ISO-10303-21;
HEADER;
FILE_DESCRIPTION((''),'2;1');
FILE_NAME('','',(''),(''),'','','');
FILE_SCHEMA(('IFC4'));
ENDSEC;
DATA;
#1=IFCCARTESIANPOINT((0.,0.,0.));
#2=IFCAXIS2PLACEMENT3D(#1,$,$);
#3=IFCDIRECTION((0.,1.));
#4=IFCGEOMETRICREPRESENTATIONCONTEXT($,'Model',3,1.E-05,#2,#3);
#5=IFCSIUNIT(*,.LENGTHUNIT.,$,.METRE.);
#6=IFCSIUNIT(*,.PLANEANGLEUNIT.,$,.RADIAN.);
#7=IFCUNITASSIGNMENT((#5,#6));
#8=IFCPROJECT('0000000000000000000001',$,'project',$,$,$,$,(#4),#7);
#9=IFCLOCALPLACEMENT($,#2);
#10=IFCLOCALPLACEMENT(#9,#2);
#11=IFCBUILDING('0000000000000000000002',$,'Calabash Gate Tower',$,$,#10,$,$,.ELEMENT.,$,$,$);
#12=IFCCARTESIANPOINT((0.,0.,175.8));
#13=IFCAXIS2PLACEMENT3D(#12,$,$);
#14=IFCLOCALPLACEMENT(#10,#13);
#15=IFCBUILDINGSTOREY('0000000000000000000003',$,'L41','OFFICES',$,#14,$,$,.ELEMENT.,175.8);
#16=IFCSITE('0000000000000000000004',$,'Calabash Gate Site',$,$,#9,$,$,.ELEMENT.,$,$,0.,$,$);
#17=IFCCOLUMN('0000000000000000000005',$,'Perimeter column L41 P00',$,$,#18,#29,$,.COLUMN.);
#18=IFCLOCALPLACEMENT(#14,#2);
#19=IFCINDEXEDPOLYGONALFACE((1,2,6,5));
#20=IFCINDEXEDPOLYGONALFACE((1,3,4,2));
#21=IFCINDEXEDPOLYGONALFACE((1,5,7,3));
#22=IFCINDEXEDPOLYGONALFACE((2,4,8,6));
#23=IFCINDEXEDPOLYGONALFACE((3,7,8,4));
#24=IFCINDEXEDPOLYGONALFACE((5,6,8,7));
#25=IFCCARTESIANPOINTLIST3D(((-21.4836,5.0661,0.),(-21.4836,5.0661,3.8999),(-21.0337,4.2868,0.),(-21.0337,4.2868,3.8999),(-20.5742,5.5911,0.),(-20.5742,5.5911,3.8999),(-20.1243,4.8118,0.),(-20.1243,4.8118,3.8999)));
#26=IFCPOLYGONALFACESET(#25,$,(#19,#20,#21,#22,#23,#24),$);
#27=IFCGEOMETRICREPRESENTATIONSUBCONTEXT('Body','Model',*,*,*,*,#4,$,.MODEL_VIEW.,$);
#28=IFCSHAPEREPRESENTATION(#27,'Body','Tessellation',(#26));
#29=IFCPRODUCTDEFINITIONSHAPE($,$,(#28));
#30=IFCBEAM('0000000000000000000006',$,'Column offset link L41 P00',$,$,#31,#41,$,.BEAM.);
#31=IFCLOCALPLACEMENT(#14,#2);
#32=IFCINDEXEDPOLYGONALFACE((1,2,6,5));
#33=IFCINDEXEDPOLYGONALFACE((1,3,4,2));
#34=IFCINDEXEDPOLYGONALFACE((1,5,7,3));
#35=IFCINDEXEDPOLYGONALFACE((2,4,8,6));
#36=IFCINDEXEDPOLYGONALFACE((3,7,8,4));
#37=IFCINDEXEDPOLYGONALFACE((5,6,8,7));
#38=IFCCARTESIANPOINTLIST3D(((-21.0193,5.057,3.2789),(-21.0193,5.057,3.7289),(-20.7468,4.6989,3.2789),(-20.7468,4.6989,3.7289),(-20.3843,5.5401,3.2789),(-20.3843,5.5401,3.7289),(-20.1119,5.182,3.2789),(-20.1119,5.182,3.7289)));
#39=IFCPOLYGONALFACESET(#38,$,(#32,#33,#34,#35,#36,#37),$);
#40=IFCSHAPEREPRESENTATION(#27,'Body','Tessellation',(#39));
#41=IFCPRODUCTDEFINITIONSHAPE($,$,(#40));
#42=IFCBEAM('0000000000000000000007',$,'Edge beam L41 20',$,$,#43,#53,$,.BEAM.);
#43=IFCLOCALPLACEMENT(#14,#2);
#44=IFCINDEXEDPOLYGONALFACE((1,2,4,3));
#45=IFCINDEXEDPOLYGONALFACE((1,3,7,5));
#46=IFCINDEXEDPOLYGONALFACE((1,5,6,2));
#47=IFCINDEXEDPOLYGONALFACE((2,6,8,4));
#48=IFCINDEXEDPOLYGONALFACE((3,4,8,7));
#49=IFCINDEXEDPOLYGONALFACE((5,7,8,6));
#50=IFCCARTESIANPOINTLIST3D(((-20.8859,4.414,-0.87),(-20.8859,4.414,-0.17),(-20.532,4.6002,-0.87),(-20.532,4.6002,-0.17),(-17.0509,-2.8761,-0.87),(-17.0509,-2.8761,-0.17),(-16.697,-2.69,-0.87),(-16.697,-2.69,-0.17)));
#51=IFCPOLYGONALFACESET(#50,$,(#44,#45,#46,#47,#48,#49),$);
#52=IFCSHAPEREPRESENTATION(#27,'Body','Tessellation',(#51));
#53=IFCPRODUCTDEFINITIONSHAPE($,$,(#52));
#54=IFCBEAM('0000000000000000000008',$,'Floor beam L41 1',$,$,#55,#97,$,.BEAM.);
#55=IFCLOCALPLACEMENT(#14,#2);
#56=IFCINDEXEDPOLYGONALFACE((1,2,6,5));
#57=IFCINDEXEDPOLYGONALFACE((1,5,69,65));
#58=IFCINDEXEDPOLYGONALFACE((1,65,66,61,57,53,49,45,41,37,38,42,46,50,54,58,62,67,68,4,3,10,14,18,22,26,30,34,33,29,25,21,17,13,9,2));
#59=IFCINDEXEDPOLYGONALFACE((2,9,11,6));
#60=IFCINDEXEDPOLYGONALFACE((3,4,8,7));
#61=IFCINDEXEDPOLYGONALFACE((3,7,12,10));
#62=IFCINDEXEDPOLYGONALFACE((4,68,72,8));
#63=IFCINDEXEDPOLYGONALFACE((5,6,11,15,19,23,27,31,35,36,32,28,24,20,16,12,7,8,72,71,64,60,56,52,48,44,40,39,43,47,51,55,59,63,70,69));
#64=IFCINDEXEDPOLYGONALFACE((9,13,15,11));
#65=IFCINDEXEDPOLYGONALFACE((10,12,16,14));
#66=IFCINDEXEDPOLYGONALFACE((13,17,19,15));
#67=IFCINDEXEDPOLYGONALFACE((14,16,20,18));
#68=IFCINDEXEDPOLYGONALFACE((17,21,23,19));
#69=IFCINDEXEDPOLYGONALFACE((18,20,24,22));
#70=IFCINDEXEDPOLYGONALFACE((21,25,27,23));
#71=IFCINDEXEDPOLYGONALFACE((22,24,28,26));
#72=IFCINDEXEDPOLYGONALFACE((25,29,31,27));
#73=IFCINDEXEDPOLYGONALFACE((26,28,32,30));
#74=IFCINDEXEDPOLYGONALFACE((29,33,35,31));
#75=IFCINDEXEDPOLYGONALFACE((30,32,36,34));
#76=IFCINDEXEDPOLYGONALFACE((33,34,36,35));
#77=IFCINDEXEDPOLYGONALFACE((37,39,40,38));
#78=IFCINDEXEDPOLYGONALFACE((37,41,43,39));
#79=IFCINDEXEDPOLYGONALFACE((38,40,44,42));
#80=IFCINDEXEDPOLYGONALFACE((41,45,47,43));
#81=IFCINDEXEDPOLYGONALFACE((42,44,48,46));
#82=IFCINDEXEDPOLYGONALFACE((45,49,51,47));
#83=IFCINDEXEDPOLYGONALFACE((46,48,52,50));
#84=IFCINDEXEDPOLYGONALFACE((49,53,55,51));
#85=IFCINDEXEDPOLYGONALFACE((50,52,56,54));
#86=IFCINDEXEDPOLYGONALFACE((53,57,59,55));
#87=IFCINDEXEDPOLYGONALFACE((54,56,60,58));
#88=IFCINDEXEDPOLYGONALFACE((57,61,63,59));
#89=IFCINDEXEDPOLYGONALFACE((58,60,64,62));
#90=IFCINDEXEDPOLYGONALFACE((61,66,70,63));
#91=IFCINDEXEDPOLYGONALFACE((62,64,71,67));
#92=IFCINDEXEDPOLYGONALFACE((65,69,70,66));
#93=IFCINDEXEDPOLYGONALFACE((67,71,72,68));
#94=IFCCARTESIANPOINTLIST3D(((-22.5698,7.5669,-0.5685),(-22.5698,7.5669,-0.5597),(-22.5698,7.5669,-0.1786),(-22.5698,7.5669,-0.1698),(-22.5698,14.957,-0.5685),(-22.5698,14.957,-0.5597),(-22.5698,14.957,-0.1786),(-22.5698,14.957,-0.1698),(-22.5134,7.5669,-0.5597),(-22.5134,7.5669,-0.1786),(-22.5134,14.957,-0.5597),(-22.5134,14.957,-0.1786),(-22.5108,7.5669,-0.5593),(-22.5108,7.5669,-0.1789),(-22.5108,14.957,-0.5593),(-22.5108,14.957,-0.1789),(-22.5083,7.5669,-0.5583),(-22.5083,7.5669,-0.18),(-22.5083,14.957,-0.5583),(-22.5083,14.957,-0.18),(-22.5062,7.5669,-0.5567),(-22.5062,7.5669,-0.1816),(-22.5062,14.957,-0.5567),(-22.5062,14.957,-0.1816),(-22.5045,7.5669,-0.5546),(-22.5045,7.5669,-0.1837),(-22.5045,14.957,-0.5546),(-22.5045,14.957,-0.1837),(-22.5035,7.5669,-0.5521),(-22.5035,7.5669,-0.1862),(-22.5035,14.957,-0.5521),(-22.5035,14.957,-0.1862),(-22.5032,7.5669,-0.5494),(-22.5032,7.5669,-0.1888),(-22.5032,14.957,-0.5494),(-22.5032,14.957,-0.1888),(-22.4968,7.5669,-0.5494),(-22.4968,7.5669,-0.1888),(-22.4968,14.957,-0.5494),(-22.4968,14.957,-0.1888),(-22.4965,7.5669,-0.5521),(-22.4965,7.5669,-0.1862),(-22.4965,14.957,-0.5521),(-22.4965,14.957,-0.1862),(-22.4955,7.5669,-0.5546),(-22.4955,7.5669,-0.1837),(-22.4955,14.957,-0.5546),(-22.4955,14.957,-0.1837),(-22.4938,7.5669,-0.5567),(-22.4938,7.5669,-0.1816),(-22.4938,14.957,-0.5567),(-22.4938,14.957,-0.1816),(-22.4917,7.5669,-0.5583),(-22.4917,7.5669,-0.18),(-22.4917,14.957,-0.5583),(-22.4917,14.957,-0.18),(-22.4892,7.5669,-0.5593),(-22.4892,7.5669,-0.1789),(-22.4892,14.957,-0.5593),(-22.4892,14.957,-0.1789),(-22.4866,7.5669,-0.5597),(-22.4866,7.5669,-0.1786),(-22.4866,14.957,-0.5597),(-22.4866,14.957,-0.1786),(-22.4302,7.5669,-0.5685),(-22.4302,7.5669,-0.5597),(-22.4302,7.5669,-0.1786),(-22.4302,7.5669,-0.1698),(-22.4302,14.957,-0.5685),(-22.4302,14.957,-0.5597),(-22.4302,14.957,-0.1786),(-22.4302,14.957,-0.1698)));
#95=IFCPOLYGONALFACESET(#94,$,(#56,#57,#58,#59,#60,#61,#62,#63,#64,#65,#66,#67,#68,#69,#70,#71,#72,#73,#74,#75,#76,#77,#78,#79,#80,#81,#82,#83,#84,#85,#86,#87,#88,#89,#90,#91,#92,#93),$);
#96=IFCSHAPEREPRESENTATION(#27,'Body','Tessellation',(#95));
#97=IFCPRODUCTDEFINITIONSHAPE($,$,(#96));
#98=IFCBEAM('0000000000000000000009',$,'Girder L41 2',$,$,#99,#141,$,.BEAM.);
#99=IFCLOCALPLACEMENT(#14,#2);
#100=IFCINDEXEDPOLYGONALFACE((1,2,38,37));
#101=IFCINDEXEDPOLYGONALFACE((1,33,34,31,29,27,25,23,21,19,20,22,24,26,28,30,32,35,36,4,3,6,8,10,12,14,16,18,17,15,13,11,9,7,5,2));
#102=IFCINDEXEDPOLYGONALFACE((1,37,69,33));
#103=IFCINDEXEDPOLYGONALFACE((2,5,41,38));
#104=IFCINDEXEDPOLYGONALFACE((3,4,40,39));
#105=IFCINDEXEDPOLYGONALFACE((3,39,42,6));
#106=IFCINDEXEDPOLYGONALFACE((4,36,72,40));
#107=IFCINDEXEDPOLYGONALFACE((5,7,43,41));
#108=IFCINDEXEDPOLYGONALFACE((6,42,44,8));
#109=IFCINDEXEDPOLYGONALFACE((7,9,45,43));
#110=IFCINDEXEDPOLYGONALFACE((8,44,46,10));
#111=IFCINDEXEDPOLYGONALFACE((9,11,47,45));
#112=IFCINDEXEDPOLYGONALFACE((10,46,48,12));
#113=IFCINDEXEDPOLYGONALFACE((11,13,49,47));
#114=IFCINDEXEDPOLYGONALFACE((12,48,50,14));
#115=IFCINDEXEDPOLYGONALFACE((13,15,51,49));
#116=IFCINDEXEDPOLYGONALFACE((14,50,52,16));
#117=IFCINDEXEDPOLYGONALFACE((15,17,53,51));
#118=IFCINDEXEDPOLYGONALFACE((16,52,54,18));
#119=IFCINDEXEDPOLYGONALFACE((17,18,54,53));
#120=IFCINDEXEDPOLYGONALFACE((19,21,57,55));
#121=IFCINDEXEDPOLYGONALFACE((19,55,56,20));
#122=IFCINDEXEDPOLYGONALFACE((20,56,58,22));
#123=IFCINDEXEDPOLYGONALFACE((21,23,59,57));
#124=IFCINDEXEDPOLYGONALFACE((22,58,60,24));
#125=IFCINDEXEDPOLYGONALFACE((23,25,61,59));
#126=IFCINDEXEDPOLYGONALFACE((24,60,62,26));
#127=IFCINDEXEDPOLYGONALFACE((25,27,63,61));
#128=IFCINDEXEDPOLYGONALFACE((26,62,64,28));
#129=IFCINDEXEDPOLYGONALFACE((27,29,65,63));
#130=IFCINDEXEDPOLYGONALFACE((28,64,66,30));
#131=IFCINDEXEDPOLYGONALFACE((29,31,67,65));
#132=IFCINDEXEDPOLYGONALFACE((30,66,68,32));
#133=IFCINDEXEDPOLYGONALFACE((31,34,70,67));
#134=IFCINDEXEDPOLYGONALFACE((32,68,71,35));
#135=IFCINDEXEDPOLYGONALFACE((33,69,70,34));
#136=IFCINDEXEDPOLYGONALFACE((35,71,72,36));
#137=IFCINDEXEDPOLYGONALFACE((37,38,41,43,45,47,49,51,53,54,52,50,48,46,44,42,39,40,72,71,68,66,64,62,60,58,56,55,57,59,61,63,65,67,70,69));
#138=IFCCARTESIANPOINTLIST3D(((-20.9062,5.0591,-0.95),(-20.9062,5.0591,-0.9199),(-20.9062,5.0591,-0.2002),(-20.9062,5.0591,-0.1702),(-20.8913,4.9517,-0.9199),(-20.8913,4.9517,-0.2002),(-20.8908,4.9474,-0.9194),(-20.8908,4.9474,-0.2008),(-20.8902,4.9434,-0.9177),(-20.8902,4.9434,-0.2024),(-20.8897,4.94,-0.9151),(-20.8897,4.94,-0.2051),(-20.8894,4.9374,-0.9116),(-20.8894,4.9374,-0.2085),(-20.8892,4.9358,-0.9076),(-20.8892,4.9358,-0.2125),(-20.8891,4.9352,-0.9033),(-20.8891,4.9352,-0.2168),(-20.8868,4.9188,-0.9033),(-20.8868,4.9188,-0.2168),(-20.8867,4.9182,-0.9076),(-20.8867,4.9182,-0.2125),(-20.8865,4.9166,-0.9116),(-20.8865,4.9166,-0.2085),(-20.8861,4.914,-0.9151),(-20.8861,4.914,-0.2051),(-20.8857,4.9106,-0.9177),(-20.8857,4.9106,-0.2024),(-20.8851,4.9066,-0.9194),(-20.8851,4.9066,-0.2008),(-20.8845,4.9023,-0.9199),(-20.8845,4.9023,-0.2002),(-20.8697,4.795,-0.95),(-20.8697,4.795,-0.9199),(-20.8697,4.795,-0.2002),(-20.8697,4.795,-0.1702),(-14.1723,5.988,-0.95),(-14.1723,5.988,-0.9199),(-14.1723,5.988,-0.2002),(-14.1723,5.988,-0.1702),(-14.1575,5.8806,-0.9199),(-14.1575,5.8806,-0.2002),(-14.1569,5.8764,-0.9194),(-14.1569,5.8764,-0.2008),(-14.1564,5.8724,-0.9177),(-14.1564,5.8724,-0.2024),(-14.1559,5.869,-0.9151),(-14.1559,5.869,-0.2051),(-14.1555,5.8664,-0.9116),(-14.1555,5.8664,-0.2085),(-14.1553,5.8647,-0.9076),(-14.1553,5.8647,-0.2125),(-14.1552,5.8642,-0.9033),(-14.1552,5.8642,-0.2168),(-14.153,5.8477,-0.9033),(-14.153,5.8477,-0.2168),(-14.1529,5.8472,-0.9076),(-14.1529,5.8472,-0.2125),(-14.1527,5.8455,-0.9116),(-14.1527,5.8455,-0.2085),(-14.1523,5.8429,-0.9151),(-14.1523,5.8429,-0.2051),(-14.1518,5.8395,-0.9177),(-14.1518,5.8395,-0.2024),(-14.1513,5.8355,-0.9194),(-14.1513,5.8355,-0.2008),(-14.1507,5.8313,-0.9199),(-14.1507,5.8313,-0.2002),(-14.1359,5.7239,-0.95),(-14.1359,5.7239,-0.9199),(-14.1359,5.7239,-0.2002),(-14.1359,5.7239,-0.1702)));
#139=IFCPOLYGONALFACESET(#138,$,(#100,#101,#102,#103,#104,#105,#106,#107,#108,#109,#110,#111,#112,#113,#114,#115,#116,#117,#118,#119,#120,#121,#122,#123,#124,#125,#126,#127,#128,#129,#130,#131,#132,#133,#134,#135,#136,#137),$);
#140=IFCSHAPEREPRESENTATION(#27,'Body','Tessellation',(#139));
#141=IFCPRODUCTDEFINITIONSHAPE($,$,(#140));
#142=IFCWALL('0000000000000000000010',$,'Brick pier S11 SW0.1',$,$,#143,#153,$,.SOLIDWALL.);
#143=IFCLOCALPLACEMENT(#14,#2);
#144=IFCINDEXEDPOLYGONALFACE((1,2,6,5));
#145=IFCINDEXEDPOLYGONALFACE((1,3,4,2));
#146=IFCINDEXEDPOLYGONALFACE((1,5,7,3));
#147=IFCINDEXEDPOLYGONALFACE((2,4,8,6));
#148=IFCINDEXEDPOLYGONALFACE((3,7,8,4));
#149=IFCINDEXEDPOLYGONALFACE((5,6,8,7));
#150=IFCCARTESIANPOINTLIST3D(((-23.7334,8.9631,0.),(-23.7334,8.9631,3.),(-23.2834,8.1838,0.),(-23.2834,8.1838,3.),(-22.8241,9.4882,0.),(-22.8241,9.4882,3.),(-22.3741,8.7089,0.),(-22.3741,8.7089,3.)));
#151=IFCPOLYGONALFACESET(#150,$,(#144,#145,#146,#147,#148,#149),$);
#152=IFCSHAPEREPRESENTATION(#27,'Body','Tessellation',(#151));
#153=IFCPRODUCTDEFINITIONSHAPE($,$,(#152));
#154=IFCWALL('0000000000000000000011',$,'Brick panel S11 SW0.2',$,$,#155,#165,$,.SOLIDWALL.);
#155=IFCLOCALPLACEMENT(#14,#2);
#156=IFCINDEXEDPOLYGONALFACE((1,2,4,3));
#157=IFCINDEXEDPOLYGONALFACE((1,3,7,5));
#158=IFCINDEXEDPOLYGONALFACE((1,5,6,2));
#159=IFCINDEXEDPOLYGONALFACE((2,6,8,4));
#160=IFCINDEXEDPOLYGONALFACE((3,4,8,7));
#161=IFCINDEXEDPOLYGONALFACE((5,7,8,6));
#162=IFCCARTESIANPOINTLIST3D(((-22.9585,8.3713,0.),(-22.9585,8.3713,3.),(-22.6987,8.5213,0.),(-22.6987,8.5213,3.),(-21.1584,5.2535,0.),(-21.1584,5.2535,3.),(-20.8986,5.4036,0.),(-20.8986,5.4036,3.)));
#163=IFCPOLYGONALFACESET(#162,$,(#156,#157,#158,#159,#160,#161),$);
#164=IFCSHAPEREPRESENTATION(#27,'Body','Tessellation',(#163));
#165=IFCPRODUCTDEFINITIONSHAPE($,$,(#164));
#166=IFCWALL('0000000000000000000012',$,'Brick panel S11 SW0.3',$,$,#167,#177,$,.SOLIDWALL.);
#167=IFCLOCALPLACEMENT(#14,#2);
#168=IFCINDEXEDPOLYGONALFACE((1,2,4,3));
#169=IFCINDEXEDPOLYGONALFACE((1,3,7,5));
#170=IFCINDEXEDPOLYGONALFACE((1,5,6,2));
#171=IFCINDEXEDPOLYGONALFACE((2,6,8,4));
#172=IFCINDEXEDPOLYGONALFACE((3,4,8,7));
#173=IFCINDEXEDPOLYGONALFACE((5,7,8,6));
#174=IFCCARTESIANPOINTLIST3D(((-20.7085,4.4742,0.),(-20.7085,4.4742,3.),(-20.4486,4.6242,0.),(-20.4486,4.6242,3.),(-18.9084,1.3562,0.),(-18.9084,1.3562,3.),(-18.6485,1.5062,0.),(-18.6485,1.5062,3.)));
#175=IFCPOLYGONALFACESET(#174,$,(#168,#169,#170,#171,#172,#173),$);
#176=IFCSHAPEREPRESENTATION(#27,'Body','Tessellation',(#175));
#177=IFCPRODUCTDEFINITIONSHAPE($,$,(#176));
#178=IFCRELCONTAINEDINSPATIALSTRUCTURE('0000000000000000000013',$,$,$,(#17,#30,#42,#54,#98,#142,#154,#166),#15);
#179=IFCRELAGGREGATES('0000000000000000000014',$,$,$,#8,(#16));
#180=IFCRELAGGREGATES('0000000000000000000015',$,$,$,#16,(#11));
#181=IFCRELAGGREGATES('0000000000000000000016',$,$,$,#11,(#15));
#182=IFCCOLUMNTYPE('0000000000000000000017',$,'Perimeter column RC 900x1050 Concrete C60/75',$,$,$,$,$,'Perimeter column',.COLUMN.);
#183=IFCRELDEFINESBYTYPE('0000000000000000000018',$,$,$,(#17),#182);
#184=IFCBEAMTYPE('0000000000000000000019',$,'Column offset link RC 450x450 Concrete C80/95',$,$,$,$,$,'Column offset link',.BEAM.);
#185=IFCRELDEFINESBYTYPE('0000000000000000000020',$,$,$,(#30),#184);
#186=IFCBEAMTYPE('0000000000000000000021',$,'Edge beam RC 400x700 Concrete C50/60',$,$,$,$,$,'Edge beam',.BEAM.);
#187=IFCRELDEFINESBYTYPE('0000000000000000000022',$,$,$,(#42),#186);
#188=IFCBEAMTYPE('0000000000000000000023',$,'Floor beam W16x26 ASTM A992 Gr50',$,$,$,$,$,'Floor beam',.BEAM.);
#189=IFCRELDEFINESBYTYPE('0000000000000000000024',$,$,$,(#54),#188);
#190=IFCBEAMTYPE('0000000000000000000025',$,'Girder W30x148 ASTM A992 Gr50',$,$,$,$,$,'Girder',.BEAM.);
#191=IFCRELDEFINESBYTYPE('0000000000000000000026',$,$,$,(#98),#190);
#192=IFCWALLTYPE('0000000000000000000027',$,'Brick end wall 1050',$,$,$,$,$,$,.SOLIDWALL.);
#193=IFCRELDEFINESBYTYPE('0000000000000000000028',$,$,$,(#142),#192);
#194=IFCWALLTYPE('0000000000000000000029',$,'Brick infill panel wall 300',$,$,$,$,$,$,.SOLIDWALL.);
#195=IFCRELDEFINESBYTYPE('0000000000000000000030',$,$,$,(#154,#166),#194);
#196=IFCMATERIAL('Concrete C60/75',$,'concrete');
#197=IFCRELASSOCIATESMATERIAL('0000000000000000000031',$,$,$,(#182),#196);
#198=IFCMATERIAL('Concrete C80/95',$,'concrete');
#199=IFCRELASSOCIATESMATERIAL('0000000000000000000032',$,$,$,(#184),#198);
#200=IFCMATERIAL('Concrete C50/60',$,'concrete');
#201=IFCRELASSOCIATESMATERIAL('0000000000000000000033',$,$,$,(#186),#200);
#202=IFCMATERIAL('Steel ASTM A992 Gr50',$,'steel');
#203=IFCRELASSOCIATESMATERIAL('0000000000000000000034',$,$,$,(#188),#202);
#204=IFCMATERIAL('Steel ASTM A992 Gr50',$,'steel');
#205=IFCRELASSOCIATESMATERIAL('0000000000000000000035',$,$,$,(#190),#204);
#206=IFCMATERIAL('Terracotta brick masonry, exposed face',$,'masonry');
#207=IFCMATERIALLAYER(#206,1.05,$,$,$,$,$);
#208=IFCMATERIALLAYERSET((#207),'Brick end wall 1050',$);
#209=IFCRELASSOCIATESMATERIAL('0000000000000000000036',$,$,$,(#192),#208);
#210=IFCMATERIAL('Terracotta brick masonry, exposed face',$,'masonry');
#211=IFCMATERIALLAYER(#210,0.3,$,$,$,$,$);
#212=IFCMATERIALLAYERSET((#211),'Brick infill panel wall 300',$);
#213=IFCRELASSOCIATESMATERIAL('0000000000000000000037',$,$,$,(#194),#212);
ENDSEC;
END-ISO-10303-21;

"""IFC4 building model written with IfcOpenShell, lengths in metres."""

from ifc_helpers import new_model, si_unit, direction, frame, frame_2d, origin, origin_2d, place, context, subcontext, project, spatial, rectangle, i_section, extrude, material, layer, layer_set, material_profile, profile_set, type_object, element, save


model = new_model("IFC4")

# Units and contexts
model_context = context("Model", 3, precision=1e-05, world=origin(), true_north=direction((0.0, 1.0)))
body_context = subcontext(model_context, "Body", "Model", "MODEL_VIEW")
ifc_project = project(units=[si_unit("LENGTHUNIT", "METRE"), si_unit("PLANEANGLEUNIT", "RADIAN")], contexts=[model_context])

# Site, building, storey
site_placement = place(None, origin())
site = spatial("IfcSite", under=ifc_project, at=site_placement, Name="Calabash Gate Site", CompositionType="ELEMENT", RefElevation=0.0)
building_placement = place(site_placement, origin())
building = spatial("IfcBuilding", under=site, at=building_placement, Name="Calabash Gate Tower", CompositionType="ELEMENT")
storey_placement = place(building_placement, frame((0.0, 0.0, 175.8)))
storey = spatial("IfcBuildingStorey", under=building, at=storey_placement, Name="L41", Description="OFFICES", CompositionType="ELEMENT", Elevation=175.8)

# Column
ifc_material_1 = material(Name="Concrete C60/75", Category="concrete")
ifc_material_profile_1 = material_profile(ifc_material_1, rectangle(XDim=0.8999, YDim=1.05, at=origin_2d()))
ifc_profile_set_1 = profile_set([ifc_material_profile_1], Name="Concrete C60/75")
column_type = type_object("IfcColumnType", Name="Perimeter column RC 900x1050 Concrete C60/75", ElementType="Perimeter column", PredefinedType="COLUMN", material=ifc_profile_set_1)
column_placement = place(storey_placement, frame((-20.804, 4.939, 0.0), z_axis=(0.0, 0.0, 1.0), x_axis=(0.5, -0.866025, 0.0)))
element("IfcColumn", 1, at=column_placement, inside=storey, type_object=column_type, Name="Perimeter column L41 P00", PredefinedType="COLUMN", context=body_context, shape_type="SweptSolid", body=[
    extrude(rectangle(XDim=0.8999, YDim=1.05, at=origin_2d()), origin(), (0.0, 0.0, 1.0), 3.8999),
])

# Beams
ifc_material_2 = material(Name="Concrete C80/95", Category="concrete")
ifc_material_profile_2 = material_profile(ifc_material_2, rectangle(XDim=0.45, YDim=0.45, at=origin_2d()))
ifc_profile_set_2 = profile_set([ifc_material_profile_2], Name="Concrete C80/95")
beam_type_1 = type_object("IfcBeamType", Name="Column offset link RC 450x450 Concrete C80/95", ElementType="Column offset link", PredefinedType="BEAM", material=ifc_profile_set_2)
beam_1_placement = place(storey_placement, frame((-20.8831, 4.8779, 3.5039), z_axis=(0.795832, 0.605518, 0.0), x_axis=(-0.605518, 0.795832, 0.0)))
element("IfcBeam", 2, at=beam_1_placement, inside=storey, type_object=beam_type_1, Name="Column offset link L41 P00", PredefinedType="BEAM", context=body_context, shape_type="SweptSolid", body=[
    extrude(rectangle(XDim=0.45, YDim=0.45, at=origin_2d()), origin(), (0.0, 0.0, 1.0), 0.7979),
])
ifc_material_3 = material(Name="Concrete C50/60", Category="concrete")
ifc_material_profile_3 = material_profile(ifc_material_3, rectangle(XDim=0.3999, YDim=0.7, at=origin_2d()))
ifc_profile_set_3 = profile_set([ifc_material_profile_3], Name="Concrete C50/60")
beam_type_2 = type_object("IfcBeamType", Name="Edge beam RC 400x700 Concrete C50/60", ElementType="Edge beam", PredefinedType="BEAM", material=ifc_profile_set_3)
beam_2_placement = place(storey_placement, frame((-20.709, 4.5071, -0.52), z_axis=(0.465566, -0.885013, 0.0), x_axis=(0.885013, 0.465566, 0.0)))
element("IfcBeam", 3, at=beam_2_placement, inside=storey, type_object=beam_type_2, Name="Edge beam L41 20", PredefinedType="BEAM", context=body_context, shape_type="SweptSolid", body=[
    extrude(rectangle(XDim=0.3999, YDim=0.7, at=origin_2d()), origin(), (0.0, 0.0, 1.0), 8.2373),
])
ifc_material_4 = material(Name="Steel ASTM A992 Gr50", Category="steel")
ifc_material_profile_4 = material_profile(ifc_material_4, i_section(OverallWidth=0.1396, OverallDepth=0.3987, WebThickness=0.0063, FlangeThickness=0.0088, FilletRadius=0.0103, at=origin_2d()))
ifc_profile_set_4 = profile_set([ifc_material_profile_4], Name="Steel ASTM A992 Gr50")
beam_type_3 = type_object("IfcBeamType", Name="Floor beam W16x26 ASTM A992 Gr50", ElementType="Floor beam", PredefinedType="BEAM", material=ifc_profile_set_4)
beam_3_placement = place(storey_placement, frame((-22.5, 7.5669, -0.3691), z_axis=(0.0, 1.0, 0.0), x_axis=(-1.0, 0.0, 0.0)))
element("IfcBeam", 4, at=beam_3_placement, inside=storey, type_object=beam_type_3, Name="Floor beam L41 1", PredefinedType="BEAM", context=body_context, shape_type="SweptSolid", body=[
    extrude(i_section(OverallWidth=0.1396, OverallDepth=0.3987, WebThickness=0.0063, FlangeThickness=0.0088, FilletRadius=0.0103, at=origin_2d()), origin(), (0.0, 0.0, 1.0), 7.3901),
])
ifc_material_5 = material(Name="Steel ASTM A992 Gr50", Category="steel")
ifc_material_profile_5 = material_profile(ifc_material_5, i_section(OverallWidth=0.2666, OverallDepth=0.7798, WebThickness=0.0166, FlangeThickness=0.03, FilletRadius=0.0166, at=origin_2d()))
ifc_profile_set_5 = profile_set([ifc_material_profile_5], Name="Steel ASTM A992 Gr50")
beam_type_4 = type_object("IfcBeamType", Name="Girder W30x148 ASTM A992 Gr50", ElementType="Girder", PredefinedType="BEAM", material=ifc_profile_set_5)
beam_4_placement = place(storey_placement, frame((-20.8879, 4.927, -0.5601), z_axis=(0.990618, 0.136658, 0.0), x_axis=(-0.136658, 0.990618, 0.0)))
element("IfcBeam", 5, at=beam_4_placement, inside=storey, type_object=beam_type_4, Name="Girder L41 2", PredefinedType="BEAM", context=body_context, shape_type="SweptSolid", body=[
    extrude(i_section(OverallWidth=0.2666, OverallDepth=0.7798, WebThickness=0.0166, FlangeThickness=0.03, FilletRadius=0.0166, at=origin_2d()), origin(), (0.0, 0.0, 1.0), 6.7976),
])

# Walls
ifc_material_6 = material(Name="Terracotta brick masonry, exposed face", Category="masonry")
ifc_layer_1 = layer(ifc_material_6, 1.05)
ifc_layer_set_1 = layer_set([ifc_layer_1], Name="Brick end wall 1050")
wall_type_1 = type_object("IfcWallType", Name="Brick end wall 1050", PredefinedType="SOLIDWALL", material=ifc_layer_set_1)
wall_1_placement = place(storey_placement, frame((-23.5083, 8.5735, 0.0), z_axis=(0.0, 0.0, 1.0), x_axis=(0.865988, 0.500065, 0.0)))
element("IfcWall", 6, at=wall_1_placement, inside=storey, type_object=wall_type_1, Name="Brick pier S11 SW0.1", PredefinedType="SOLIDWALL", context=body_context, shape_type="SweptSolid", body=[
    extrude(rectangle(XDim=1.05, YDim=0.8999, at=frame_2d((0.5249, 0.0))), origin(), (0.0, 0.0, 1.0), 3.0),
])
ifc_material_7 = material(Name="Terracotta brick masonry, exposed face", Category="masonry")
ifc_layer_2 = layer(ifc_material_7, 0.3)
ifc_layer_set_2 = layer_set([ifc_layer_2], Name="Brick infill panel wall 300")
wall_type_2 = type_object("IfcWallType", Name="Brick infill panel wall 300", PredefinedType="SOLIDWALL", material=ifc_layer_set_2)
wall_2_placement = place(storey_placement, frame((-22.8286, 8.4463, 0.0), z_axis=(0.0, 0.0, 1.0), x_axis=(0.500012, -0.866018, 0.0)))
element("IfcWall", 7, at=wall_2_placement, inside=storey, type_object=wall_type_2, Name="Brick panel S11 SW0.2", PredefinedType="SOLIDWALL", context=body_context, shape_type="SweptSolid", body=[
    extrude(rectangle(XDim=3.6001, YDim=0.3, at=frame_2d((1.8, 0.0))), origin(), (0.0, 0.0, 1.0), 3.0),
])
wall_3_placement = place(storey_placement, frame((-20.5786, 4.5493, 0.0), z_axis=(0.0, 0.0, 1.0), x_axis=(0.499983, -0.866035, 0.0)))
element("IfcWall", 8, at=wall_3_placement, inside=storey, type_object=wall_type_2, Name="Brick panel S11 SW0.3", PredefinedType="SOLIDWALL", context=body_context, shape_type="SweptSolid", body=[
    extrude(rectangle(XDim=3.6003, YDim=0.3, at=frame_2d((1.8003, 0.0))), origin(), (0.0, 0.0, 1.0), 3.0),
])

save(model, "model.ifc")
